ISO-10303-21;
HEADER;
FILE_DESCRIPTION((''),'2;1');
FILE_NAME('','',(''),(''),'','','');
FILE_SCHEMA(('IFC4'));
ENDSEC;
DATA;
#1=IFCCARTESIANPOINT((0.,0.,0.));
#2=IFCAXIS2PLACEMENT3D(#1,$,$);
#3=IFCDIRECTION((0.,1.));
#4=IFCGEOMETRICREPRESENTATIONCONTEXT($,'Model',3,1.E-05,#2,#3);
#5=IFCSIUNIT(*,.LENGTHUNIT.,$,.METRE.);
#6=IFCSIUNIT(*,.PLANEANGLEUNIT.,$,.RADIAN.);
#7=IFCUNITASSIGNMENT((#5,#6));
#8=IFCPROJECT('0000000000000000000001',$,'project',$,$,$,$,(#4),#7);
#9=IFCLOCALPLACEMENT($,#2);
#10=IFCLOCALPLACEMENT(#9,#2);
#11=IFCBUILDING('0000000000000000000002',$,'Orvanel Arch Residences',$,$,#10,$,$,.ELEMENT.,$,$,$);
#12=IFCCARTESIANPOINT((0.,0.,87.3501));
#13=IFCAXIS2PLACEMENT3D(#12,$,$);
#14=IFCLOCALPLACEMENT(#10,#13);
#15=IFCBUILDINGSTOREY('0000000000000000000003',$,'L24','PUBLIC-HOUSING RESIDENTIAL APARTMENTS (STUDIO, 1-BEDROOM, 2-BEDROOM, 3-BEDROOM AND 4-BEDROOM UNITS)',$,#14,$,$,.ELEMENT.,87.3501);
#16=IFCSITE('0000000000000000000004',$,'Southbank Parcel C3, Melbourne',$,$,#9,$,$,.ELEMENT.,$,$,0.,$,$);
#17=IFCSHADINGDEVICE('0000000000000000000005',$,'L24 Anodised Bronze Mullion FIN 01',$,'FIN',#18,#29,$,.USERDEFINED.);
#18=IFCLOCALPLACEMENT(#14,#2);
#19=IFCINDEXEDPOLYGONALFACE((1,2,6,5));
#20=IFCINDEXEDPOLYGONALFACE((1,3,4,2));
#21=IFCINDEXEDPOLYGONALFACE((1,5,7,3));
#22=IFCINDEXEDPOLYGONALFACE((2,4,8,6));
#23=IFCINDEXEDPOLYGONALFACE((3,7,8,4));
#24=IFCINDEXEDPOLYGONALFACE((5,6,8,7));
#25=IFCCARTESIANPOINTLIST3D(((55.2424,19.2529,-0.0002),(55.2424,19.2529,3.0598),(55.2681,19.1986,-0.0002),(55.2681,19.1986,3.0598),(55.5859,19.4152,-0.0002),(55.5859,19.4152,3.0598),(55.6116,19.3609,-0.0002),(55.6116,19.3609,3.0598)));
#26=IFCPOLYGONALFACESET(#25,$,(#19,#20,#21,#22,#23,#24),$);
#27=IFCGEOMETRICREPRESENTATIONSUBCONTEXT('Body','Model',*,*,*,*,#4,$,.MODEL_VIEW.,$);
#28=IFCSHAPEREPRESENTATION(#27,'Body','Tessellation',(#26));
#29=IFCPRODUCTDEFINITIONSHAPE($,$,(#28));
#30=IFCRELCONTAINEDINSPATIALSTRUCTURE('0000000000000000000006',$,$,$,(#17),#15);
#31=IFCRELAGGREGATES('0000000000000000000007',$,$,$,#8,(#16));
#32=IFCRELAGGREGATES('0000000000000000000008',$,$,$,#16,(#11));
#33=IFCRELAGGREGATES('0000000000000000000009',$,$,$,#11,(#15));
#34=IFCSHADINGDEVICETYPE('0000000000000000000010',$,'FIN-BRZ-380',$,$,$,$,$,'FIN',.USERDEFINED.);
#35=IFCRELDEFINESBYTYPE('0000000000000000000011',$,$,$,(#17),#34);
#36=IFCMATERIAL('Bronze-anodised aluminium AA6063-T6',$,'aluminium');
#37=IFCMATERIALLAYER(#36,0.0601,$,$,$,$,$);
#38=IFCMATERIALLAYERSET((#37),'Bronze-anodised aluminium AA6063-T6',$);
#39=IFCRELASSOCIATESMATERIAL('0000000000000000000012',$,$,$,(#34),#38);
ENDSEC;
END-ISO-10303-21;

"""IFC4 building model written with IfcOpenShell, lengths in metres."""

from ifc_helpers import new_model, si_unit, direction, frame, origin, origin_2d, place, context, subcontext, project, spatial, rectangle, extrude, material, layer, layer_set, type_object, element, save


model = new_model("IFC4")

# Units and contexts
model_context = context("Model", 3, precision=1e-05, world=origin(), true_north=direction((0.0, 1.0)))
body_context = subcontext(model_context, "Body", "Model", "MODEL_VIEW")
ifc_project = project(units=[si_unit("LENGTHUNIT", "METRE"), si_unit("PLANEANGLEUNIT", "RADIAN")], contexts=[model_context])

# Site, building, storey
site_placement = place(None, origin())
site = spatial("IfcSite", under=ifc_project, at=site_placement, Name="Southbank Parcel C3, Melbourne", CompositionType="ELEMENT", RefElevation=0.0)
building_placement = place(site_placement, origin())
building = spatial("IfcBuilding", under=site, at=building_placement, Name="Orvanel Arch Residences", CompositionType="ELEMENT")
storey_placement = place(building_placement, frame((0.0, 0.0, 87.3501)))
storey = spatial("IfcBuildingStorey", under=building, at=storey_placement, Name="L24", Description="PUBLIC-HOUSING RESIDENTIAL APARTMENTS (STUDIO, 1-BEDROOM, 2-BEDROOM, 3-BEDROOM AND 4-BEDROOM UNITS)", CompositionType="ELEMENT", Elevation=87.3501)

# Shared definitions
ifc_material_1 = material(Name="Bronze-anodised aluminium AA6063-T6", Category="aluminium")

# Shading device
ifc_layer_1 = layer(ifc_material_1, 0.0601)
ifc_layer_set_1 = layer_set([ifc_layer_1], Name="Bronze-anodised aluminium AA6063-T6")
shading_device_type = type_object("IfcShadingDeviceType", Name="FIN-BRZ-380", ElementType="FIN", PredefinedType="USERDEFINED", material=ifc_layer_set_1)
shading_device_placement = place(storey_placement, frame((55.427, 19.3069, -0.0002), z_axis=(0.0, 0.0, 1.0), x_axis=(0.904083, 0.427358, 0.0)))
element("IfcShadingDevice", 1, at=shading_device_placement, inside=storey, type_object=shading_device_type, Name="L24 Anodised Bronze Mullion FIN 01", ObjectType="FIN", PredefinedType="USERDEFINED", context=body_context, shape_type="SweptSolid", body=[
    extrude(rectangle(XDim=0.3799, YDim=0.0601, at=origin_2d()), origin(), (0.0, 0.0, 1.0), 3.0601),
])

save(model, "model.ifc")
